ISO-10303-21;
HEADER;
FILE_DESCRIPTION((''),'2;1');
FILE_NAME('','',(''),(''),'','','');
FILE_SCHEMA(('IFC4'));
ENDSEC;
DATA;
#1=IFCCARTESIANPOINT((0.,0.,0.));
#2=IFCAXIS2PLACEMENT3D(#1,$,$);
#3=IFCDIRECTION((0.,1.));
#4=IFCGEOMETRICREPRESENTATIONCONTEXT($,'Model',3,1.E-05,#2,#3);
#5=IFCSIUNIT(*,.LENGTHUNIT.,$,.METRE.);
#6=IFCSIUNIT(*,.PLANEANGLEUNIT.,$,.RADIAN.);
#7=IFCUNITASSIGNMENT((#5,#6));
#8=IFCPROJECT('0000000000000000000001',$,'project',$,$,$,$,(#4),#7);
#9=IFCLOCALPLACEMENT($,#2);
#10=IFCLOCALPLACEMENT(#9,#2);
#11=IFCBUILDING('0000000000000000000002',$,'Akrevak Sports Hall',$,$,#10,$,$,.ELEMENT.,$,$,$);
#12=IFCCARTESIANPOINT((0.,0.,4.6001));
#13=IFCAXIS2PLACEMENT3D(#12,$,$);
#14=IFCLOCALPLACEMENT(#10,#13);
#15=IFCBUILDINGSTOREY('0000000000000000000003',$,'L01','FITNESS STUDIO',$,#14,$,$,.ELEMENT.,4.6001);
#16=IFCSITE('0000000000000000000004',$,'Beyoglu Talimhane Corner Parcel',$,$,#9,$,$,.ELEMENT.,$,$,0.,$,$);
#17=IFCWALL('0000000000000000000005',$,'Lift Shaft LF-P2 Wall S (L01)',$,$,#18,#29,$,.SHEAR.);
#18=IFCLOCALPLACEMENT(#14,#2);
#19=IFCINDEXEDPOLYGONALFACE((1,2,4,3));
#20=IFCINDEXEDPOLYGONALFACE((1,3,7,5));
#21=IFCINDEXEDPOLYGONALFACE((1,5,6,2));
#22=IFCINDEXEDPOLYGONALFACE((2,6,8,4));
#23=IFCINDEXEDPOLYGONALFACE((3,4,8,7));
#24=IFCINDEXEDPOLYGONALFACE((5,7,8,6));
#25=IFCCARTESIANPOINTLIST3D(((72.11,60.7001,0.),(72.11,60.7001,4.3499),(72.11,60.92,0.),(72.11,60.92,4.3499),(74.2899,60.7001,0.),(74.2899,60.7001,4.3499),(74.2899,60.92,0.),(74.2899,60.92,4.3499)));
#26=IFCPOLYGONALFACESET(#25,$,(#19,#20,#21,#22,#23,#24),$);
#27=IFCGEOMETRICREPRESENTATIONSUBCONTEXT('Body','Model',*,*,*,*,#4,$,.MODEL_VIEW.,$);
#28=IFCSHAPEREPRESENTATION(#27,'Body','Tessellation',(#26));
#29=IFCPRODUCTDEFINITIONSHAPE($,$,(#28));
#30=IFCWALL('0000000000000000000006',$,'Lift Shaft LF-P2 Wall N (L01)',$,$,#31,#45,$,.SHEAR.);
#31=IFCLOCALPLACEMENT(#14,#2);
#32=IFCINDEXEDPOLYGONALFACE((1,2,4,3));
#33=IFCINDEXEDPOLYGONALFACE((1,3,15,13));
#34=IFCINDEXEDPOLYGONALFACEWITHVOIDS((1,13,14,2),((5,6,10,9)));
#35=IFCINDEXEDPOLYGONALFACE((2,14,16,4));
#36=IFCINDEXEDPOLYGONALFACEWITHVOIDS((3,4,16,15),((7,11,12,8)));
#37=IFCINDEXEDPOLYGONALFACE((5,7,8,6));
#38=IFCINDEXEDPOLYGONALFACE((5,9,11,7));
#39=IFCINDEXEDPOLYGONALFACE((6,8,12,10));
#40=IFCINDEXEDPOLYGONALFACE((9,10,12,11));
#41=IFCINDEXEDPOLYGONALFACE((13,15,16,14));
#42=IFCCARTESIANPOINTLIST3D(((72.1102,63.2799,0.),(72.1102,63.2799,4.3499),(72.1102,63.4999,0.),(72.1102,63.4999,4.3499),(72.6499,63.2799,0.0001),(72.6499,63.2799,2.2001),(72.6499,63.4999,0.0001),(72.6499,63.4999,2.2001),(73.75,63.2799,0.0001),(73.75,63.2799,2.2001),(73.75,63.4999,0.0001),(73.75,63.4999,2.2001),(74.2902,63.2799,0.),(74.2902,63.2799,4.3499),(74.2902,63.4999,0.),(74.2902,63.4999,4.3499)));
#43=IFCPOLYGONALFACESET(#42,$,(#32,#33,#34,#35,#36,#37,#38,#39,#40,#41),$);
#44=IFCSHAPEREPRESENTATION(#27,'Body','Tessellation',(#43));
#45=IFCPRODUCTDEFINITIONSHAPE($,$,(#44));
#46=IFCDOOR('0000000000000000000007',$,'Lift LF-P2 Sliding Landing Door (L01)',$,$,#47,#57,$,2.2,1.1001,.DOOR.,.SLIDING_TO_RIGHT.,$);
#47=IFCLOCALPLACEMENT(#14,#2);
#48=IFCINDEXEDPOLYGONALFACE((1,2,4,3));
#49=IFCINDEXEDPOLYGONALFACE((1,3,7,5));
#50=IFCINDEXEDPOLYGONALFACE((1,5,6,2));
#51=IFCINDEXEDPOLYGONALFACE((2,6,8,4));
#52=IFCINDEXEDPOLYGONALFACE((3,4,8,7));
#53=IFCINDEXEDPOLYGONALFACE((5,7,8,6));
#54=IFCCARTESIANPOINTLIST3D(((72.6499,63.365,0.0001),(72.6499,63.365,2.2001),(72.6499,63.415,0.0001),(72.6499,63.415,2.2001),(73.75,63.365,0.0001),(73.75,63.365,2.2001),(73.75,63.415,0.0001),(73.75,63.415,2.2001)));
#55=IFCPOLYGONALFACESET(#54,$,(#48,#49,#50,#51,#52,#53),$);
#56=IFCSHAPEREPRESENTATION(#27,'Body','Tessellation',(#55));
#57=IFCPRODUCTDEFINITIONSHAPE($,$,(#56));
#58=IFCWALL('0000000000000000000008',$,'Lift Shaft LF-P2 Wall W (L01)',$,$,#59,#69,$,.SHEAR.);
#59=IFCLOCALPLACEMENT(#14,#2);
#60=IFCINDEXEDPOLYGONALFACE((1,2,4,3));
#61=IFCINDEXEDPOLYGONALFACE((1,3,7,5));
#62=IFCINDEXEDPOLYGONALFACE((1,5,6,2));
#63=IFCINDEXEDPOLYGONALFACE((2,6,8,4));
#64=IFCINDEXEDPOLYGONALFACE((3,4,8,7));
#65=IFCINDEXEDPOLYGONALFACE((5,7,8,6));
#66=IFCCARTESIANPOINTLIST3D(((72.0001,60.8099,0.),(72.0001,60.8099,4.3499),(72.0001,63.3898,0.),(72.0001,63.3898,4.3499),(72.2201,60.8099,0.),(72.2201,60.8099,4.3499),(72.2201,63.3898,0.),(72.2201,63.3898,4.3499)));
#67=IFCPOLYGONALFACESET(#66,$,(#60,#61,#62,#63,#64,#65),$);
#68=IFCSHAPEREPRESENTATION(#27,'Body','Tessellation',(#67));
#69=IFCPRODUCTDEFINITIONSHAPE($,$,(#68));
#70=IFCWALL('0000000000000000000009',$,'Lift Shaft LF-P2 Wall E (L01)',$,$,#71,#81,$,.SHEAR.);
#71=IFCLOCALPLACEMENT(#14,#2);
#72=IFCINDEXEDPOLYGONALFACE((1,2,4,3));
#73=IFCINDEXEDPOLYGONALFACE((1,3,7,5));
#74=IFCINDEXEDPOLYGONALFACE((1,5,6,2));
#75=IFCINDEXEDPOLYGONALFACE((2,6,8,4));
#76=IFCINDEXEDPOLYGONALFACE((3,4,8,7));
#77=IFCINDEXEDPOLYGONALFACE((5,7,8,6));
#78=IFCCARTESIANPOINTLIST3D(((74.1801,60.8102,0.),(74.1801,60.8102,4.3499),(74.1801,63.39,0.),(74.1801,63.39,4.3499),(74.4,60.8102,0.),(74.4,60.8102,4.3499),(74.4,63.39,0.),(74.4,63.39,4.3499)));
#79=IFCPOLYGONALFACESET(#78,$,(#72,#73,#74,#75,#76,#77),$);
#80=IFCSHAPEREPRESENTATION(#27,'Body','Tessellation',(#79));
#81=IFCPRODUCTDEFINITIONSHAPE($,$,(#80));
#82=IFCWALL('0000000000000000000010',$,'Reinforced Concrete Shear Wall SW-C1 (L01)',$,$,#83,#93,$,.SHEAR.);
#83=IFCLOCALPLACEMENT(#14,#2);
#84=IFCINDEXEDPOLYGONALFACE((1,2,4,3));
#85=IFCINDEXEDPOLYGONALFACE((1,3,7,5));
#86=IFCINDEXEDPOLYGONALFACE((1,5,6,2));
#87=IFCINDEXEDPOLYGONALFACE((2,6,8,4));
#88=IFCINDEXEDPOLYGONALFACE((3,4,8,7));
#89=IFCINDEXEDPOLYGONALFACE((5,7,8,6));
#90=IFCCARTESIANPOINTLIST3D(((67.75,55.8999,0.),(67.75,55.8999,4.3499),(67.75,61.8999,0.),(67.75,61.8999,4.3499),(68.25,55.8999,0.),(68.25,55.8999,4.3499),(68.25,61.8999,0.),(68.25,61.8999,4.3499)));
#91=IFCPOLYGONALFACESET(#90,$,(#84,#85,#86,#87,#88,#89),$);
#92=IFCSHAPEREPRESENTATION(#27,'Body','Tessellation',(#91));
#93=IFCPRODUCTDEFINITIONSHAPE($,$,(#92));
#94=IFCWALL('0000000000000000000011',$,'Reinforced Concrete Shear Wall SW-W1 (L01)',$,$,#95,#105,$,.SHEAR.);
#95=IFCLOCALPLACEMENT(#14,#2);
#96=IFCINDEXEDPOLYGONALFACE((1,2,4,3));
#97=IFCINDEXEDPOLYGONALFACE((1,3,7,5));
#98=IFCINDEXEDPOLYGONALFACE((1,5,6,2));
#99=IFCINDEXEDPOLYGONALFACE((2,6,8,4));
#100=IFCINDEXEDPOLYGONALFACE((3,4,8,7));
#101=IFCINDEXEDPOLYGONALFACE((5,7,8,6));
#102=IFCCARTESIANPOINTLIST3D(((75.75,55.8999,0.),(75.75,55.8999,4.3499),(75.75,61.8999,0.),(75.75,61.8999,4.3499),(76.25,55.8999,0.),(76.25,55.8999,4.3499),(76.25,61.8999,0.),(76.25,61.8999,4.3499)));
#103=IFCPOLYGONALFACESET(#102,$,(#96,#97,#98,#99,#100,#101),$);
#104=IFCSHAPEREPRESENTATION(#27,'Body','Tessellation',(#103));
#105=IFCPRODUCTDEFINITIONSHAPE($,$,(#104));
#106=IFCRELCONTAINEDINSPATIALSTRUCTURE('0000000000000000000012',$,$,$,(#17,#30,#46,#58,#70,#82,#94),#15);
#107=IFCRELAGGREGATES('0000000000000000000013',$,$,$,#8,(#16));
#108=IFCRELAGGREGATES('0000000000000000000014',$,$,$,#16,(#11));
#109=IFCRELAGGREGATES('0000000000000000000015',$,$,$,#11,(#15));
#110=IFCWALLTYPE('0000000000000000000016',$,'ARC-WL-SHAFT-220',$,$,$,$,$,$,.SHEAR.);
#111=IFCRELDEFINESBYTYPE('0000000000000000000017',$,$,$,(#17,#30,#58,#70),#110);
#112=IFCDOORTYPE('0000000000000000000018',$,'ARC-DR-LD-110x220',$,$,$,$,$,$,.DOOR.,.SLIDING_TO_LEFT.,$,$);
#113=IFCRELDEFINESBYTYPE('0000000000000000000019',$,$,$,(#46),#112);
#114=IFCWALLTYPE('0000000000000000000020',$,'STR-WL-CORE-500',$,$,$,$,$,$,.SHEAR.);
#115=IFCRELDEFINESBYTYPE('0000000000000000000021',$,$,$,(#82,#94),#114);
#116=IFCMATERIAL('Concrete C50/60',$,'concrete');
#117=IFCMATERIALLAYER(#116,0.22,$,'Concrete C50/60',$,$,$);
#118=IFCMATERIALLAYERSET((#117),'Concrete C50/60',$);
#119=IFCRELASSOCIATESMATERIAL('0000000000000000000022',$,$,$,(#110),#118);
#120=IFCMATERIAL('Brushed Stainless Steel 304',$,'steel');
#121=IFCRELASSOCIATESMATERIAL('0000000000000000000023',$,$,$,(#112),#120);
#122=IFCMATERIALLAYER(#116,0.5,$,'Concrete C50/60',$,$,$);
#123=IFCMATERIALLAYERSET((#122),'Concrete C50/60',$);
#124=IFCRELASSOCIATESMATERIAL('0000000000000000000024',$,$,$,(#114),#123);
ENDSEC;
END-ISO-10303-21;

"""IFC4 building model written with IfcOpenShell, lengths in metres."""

from ifc_helpers import new_model, si_unit, direction, frame, frame_2d, origin, place, context, subcontext, project, spatial, rectangle, extrude, material, layer, layer_set, type_object, element, fill, save


model = new_model("IFC4")

# Units and contexts
model_context = context("Model", 3, precision=1e-05, world=origin(), true_north=direction((0.0, 1.0)))
body_context = subcontext(model_context, "Body", "Model", "MODEL_VIEW")
ifc_project = project(units=[si_unit("LENGTHUNIT", "METRE"), si_unit("PLANEANGLEUNIT", "RADIAN")], contexts=[model_context])

# Site, building, storey
site_placement = place(None, origin())
site = spatial("IfcSite", under=ifc_project, at=site_placement, Name="Beyoglu Talimhane Corner Parcel", CompositionType="ELEMENT", RefElevation=0.0)
building_placement = place(site_placement, origin())
building = spatial("IfcBuilding", under=site, at=building_placement, Name="Akrevak Sports Hall", CompositionType="ELEMENT")
storey_placement = place(building_placement, frame((0.0, 0.0, 4.6001)))
storey = spatial("IfcBuildingStorey", under=building, at=storey_placement, Name="L01", Description="FITNESS STUDIO", CompositionType="ELEMENT", Elevation=4.6001)

# Shared definitions
ifc_material_1 = material(Name="Concrete C50/60", Category="concrete")

# Shared definitions
ifc_layer_1 = layer(ifc_material_1, 0.22, Name="Concrete C50/60")
ifc_layer_set_1 = layer_set([ifc_layer_1], Name="Concrete C50/60")
wall_type_1 = type_object("IfcWallType", Name="ARC-WL-SHAFT-220", PredefinedType="SHEAR", material=ifc_layer_set_1)

# Shared definitions
ifc_material_2 = material(Name="Brushed Stainless Steel 304", Category="steel")
door_type = type_object("IfcDoorType", Name="ARC-DR-LD-110x220", OperationType="SLIDING_TO_LEFT", PredefinedType="DOOR", material=ifc_material_2)

# Wall
wall_1_placement = place(storey_placement, frame((72.1101, 60.8101, 0.0), z_axis=(0.0, 0.0, 1.0), x_axis=(1.0, 0.0, 0.0)))
element("IfcWall", 1, at=wall_1_placement, inside=storey, type_object=wall_type_1, Name="Lift Shaft LF-P2 Wall S (L01)", PredefinedType="SHEAR", context=body_context, shape_type="SweptSolid", body=[
    extrude(rectangle(XDim=2.1799, YDim=0.22, at=frame_2d((1.0898, 0.0))), origin(), (0.0, 0.0, 1.0), 4.3499),
])

# Wall, opening, door
wall_2_placement = place(storey_placement, frame((74.29, 63.3899, 0.0), z_axis=(0.0, 0.0, 1.0), x_axis=(-1.0, 0.0, 0.0)))
wall_2 = element("IfcWall", 2, at=wall_2_placement, inside=storey, type_object=wall_type_1, Name="Lift Shaft LF-P2 Wall N (L01)", PredefinedType="SHEAR", context=body_context, shape_type="SweptSolid", body=[
    extrude(rectangle(XDim=2.1799, YDim=0.22, at=frame_2d((1.0898, 0.0))), origin(), (0.0, 0.0, 1.0), 4.3499),
])
opening_1_placement = place(wall_2_placement, frame((0.54, 0.0, 0.0)))
opening_1 = element("IfcOpeningElement", 3, at=opening_1_placement, cuts=wall_2, PredefinedType="OPENING", context=body_context, shape_type="SweptSolid", body=[
    extrude(rectangle(XDim=1.1001, YDim=2.2, at=frame_2d((0.55, 1.1001))), frame((0.0, 0.1221, 0.0), z_axis=(0.0, -1.0, 0.0), x_axis=(1.0, 0.0, 0.0)), (0.0, 0.0, 1.0), 0.2439),
])
door_1_placement = place(opening_1_placement, origin())
door_1 = element("IfcDoor", 4, at=door_1_placement, inside=storey, type_object=door_type, Name="Lift LF-P2 Sliding Landing Door (L01)", OperationType="SLIDING_TO_RIGHT", OverallHeight=2.2, OverallWidth=1.1001, PredefinedType="DOOR", context=body_context, shape_type="SweptSolid", body=[
    extrude(rectangle(XDim=1.1001, YDim=2.2, at=frame_2d((0.55, 1.1001))), frame((0.0, 0.0249, 0.0), z_axis=(0.0, -1.0, 0.0), x_axis=(1.0, 0.0, 0.0)), (0.0, 0.0, 1.0), 0.05),
])
fill(opening_1, door_1)

# Walls
for number, where, z_axis, x_axis, name in (
    (5, (72.1101, 63.3899, 0.0), (0.0, 0.0, 1.0), (0.0, -1.0, 0.0), "Lift Shaft LF-P2 Wall W (L01)"),
    (6, (74.29, 60.8101, 0.0), (0.0, 0.0, 1.0), (0.0, 1.0, 0.0), "Lift Shaft LF-P2 Wall E (L01)"),
):
    element("IfcWall", number, at=place(storey_placement, frame(where, z_axis=z_axis, x_axis=x_axis)), inside=storey, type_object=wall_type_1, Name=name, PredefinedType="SHEAR", context=body_context, shape_type="SweptSolid", body=[
        extrude(rectangle(XDim=2.5798, YDim=0.22, at=frame_2d((1.29, 0.0))), origin(), (0.0, 0.0, 1.0), 4.3499),
    ])
ifc_layer_2 = layer(ifc_material_1, 0.5, Name="Concrete C50/60")
ifc_layer_set_2 = layer_set([ifc_layer_2], Name="Concrete C50/60")
wall_type_2 = type_object("IfcWallType", Name="STR-WL-CORE-500", PredefinedType="SHEAR", material=ifc_layer_set_2)
for number, where, z_axis, x_axis, name in (
    (7, (68.0, 55.8999, 0.0), (0.0, 0.0, 1.0), (0.0, 1.0, 0.0), "Reinforced Concrete Shear Wall SW-C1 (L01)"),
    (8, (76.0, 55.8999, 0.0), (0.0, 0.0, 1.0), (0.0, 1.0, 0.0), "Reinforced Concrete Shear Wall SW-W1 (L01)"),
):
    element("IfcWall", number, at=place(storey_placement, frame(where, z_axis=z_axis, x_axis=x_axis)), inside=storey, type_object=wall_type_2, Name=name, PredefinedType="SHEAR", context=body_context, shape_type="SweptSolid", body=[
        extrude(rectangle(XDim=6.0, YDim=0.5, at=frame_2d((3.0, 0.0))), origin(), (0.0, 0.0, 1.0), 4.3499),
    ])

save(model, "model.ifc")
